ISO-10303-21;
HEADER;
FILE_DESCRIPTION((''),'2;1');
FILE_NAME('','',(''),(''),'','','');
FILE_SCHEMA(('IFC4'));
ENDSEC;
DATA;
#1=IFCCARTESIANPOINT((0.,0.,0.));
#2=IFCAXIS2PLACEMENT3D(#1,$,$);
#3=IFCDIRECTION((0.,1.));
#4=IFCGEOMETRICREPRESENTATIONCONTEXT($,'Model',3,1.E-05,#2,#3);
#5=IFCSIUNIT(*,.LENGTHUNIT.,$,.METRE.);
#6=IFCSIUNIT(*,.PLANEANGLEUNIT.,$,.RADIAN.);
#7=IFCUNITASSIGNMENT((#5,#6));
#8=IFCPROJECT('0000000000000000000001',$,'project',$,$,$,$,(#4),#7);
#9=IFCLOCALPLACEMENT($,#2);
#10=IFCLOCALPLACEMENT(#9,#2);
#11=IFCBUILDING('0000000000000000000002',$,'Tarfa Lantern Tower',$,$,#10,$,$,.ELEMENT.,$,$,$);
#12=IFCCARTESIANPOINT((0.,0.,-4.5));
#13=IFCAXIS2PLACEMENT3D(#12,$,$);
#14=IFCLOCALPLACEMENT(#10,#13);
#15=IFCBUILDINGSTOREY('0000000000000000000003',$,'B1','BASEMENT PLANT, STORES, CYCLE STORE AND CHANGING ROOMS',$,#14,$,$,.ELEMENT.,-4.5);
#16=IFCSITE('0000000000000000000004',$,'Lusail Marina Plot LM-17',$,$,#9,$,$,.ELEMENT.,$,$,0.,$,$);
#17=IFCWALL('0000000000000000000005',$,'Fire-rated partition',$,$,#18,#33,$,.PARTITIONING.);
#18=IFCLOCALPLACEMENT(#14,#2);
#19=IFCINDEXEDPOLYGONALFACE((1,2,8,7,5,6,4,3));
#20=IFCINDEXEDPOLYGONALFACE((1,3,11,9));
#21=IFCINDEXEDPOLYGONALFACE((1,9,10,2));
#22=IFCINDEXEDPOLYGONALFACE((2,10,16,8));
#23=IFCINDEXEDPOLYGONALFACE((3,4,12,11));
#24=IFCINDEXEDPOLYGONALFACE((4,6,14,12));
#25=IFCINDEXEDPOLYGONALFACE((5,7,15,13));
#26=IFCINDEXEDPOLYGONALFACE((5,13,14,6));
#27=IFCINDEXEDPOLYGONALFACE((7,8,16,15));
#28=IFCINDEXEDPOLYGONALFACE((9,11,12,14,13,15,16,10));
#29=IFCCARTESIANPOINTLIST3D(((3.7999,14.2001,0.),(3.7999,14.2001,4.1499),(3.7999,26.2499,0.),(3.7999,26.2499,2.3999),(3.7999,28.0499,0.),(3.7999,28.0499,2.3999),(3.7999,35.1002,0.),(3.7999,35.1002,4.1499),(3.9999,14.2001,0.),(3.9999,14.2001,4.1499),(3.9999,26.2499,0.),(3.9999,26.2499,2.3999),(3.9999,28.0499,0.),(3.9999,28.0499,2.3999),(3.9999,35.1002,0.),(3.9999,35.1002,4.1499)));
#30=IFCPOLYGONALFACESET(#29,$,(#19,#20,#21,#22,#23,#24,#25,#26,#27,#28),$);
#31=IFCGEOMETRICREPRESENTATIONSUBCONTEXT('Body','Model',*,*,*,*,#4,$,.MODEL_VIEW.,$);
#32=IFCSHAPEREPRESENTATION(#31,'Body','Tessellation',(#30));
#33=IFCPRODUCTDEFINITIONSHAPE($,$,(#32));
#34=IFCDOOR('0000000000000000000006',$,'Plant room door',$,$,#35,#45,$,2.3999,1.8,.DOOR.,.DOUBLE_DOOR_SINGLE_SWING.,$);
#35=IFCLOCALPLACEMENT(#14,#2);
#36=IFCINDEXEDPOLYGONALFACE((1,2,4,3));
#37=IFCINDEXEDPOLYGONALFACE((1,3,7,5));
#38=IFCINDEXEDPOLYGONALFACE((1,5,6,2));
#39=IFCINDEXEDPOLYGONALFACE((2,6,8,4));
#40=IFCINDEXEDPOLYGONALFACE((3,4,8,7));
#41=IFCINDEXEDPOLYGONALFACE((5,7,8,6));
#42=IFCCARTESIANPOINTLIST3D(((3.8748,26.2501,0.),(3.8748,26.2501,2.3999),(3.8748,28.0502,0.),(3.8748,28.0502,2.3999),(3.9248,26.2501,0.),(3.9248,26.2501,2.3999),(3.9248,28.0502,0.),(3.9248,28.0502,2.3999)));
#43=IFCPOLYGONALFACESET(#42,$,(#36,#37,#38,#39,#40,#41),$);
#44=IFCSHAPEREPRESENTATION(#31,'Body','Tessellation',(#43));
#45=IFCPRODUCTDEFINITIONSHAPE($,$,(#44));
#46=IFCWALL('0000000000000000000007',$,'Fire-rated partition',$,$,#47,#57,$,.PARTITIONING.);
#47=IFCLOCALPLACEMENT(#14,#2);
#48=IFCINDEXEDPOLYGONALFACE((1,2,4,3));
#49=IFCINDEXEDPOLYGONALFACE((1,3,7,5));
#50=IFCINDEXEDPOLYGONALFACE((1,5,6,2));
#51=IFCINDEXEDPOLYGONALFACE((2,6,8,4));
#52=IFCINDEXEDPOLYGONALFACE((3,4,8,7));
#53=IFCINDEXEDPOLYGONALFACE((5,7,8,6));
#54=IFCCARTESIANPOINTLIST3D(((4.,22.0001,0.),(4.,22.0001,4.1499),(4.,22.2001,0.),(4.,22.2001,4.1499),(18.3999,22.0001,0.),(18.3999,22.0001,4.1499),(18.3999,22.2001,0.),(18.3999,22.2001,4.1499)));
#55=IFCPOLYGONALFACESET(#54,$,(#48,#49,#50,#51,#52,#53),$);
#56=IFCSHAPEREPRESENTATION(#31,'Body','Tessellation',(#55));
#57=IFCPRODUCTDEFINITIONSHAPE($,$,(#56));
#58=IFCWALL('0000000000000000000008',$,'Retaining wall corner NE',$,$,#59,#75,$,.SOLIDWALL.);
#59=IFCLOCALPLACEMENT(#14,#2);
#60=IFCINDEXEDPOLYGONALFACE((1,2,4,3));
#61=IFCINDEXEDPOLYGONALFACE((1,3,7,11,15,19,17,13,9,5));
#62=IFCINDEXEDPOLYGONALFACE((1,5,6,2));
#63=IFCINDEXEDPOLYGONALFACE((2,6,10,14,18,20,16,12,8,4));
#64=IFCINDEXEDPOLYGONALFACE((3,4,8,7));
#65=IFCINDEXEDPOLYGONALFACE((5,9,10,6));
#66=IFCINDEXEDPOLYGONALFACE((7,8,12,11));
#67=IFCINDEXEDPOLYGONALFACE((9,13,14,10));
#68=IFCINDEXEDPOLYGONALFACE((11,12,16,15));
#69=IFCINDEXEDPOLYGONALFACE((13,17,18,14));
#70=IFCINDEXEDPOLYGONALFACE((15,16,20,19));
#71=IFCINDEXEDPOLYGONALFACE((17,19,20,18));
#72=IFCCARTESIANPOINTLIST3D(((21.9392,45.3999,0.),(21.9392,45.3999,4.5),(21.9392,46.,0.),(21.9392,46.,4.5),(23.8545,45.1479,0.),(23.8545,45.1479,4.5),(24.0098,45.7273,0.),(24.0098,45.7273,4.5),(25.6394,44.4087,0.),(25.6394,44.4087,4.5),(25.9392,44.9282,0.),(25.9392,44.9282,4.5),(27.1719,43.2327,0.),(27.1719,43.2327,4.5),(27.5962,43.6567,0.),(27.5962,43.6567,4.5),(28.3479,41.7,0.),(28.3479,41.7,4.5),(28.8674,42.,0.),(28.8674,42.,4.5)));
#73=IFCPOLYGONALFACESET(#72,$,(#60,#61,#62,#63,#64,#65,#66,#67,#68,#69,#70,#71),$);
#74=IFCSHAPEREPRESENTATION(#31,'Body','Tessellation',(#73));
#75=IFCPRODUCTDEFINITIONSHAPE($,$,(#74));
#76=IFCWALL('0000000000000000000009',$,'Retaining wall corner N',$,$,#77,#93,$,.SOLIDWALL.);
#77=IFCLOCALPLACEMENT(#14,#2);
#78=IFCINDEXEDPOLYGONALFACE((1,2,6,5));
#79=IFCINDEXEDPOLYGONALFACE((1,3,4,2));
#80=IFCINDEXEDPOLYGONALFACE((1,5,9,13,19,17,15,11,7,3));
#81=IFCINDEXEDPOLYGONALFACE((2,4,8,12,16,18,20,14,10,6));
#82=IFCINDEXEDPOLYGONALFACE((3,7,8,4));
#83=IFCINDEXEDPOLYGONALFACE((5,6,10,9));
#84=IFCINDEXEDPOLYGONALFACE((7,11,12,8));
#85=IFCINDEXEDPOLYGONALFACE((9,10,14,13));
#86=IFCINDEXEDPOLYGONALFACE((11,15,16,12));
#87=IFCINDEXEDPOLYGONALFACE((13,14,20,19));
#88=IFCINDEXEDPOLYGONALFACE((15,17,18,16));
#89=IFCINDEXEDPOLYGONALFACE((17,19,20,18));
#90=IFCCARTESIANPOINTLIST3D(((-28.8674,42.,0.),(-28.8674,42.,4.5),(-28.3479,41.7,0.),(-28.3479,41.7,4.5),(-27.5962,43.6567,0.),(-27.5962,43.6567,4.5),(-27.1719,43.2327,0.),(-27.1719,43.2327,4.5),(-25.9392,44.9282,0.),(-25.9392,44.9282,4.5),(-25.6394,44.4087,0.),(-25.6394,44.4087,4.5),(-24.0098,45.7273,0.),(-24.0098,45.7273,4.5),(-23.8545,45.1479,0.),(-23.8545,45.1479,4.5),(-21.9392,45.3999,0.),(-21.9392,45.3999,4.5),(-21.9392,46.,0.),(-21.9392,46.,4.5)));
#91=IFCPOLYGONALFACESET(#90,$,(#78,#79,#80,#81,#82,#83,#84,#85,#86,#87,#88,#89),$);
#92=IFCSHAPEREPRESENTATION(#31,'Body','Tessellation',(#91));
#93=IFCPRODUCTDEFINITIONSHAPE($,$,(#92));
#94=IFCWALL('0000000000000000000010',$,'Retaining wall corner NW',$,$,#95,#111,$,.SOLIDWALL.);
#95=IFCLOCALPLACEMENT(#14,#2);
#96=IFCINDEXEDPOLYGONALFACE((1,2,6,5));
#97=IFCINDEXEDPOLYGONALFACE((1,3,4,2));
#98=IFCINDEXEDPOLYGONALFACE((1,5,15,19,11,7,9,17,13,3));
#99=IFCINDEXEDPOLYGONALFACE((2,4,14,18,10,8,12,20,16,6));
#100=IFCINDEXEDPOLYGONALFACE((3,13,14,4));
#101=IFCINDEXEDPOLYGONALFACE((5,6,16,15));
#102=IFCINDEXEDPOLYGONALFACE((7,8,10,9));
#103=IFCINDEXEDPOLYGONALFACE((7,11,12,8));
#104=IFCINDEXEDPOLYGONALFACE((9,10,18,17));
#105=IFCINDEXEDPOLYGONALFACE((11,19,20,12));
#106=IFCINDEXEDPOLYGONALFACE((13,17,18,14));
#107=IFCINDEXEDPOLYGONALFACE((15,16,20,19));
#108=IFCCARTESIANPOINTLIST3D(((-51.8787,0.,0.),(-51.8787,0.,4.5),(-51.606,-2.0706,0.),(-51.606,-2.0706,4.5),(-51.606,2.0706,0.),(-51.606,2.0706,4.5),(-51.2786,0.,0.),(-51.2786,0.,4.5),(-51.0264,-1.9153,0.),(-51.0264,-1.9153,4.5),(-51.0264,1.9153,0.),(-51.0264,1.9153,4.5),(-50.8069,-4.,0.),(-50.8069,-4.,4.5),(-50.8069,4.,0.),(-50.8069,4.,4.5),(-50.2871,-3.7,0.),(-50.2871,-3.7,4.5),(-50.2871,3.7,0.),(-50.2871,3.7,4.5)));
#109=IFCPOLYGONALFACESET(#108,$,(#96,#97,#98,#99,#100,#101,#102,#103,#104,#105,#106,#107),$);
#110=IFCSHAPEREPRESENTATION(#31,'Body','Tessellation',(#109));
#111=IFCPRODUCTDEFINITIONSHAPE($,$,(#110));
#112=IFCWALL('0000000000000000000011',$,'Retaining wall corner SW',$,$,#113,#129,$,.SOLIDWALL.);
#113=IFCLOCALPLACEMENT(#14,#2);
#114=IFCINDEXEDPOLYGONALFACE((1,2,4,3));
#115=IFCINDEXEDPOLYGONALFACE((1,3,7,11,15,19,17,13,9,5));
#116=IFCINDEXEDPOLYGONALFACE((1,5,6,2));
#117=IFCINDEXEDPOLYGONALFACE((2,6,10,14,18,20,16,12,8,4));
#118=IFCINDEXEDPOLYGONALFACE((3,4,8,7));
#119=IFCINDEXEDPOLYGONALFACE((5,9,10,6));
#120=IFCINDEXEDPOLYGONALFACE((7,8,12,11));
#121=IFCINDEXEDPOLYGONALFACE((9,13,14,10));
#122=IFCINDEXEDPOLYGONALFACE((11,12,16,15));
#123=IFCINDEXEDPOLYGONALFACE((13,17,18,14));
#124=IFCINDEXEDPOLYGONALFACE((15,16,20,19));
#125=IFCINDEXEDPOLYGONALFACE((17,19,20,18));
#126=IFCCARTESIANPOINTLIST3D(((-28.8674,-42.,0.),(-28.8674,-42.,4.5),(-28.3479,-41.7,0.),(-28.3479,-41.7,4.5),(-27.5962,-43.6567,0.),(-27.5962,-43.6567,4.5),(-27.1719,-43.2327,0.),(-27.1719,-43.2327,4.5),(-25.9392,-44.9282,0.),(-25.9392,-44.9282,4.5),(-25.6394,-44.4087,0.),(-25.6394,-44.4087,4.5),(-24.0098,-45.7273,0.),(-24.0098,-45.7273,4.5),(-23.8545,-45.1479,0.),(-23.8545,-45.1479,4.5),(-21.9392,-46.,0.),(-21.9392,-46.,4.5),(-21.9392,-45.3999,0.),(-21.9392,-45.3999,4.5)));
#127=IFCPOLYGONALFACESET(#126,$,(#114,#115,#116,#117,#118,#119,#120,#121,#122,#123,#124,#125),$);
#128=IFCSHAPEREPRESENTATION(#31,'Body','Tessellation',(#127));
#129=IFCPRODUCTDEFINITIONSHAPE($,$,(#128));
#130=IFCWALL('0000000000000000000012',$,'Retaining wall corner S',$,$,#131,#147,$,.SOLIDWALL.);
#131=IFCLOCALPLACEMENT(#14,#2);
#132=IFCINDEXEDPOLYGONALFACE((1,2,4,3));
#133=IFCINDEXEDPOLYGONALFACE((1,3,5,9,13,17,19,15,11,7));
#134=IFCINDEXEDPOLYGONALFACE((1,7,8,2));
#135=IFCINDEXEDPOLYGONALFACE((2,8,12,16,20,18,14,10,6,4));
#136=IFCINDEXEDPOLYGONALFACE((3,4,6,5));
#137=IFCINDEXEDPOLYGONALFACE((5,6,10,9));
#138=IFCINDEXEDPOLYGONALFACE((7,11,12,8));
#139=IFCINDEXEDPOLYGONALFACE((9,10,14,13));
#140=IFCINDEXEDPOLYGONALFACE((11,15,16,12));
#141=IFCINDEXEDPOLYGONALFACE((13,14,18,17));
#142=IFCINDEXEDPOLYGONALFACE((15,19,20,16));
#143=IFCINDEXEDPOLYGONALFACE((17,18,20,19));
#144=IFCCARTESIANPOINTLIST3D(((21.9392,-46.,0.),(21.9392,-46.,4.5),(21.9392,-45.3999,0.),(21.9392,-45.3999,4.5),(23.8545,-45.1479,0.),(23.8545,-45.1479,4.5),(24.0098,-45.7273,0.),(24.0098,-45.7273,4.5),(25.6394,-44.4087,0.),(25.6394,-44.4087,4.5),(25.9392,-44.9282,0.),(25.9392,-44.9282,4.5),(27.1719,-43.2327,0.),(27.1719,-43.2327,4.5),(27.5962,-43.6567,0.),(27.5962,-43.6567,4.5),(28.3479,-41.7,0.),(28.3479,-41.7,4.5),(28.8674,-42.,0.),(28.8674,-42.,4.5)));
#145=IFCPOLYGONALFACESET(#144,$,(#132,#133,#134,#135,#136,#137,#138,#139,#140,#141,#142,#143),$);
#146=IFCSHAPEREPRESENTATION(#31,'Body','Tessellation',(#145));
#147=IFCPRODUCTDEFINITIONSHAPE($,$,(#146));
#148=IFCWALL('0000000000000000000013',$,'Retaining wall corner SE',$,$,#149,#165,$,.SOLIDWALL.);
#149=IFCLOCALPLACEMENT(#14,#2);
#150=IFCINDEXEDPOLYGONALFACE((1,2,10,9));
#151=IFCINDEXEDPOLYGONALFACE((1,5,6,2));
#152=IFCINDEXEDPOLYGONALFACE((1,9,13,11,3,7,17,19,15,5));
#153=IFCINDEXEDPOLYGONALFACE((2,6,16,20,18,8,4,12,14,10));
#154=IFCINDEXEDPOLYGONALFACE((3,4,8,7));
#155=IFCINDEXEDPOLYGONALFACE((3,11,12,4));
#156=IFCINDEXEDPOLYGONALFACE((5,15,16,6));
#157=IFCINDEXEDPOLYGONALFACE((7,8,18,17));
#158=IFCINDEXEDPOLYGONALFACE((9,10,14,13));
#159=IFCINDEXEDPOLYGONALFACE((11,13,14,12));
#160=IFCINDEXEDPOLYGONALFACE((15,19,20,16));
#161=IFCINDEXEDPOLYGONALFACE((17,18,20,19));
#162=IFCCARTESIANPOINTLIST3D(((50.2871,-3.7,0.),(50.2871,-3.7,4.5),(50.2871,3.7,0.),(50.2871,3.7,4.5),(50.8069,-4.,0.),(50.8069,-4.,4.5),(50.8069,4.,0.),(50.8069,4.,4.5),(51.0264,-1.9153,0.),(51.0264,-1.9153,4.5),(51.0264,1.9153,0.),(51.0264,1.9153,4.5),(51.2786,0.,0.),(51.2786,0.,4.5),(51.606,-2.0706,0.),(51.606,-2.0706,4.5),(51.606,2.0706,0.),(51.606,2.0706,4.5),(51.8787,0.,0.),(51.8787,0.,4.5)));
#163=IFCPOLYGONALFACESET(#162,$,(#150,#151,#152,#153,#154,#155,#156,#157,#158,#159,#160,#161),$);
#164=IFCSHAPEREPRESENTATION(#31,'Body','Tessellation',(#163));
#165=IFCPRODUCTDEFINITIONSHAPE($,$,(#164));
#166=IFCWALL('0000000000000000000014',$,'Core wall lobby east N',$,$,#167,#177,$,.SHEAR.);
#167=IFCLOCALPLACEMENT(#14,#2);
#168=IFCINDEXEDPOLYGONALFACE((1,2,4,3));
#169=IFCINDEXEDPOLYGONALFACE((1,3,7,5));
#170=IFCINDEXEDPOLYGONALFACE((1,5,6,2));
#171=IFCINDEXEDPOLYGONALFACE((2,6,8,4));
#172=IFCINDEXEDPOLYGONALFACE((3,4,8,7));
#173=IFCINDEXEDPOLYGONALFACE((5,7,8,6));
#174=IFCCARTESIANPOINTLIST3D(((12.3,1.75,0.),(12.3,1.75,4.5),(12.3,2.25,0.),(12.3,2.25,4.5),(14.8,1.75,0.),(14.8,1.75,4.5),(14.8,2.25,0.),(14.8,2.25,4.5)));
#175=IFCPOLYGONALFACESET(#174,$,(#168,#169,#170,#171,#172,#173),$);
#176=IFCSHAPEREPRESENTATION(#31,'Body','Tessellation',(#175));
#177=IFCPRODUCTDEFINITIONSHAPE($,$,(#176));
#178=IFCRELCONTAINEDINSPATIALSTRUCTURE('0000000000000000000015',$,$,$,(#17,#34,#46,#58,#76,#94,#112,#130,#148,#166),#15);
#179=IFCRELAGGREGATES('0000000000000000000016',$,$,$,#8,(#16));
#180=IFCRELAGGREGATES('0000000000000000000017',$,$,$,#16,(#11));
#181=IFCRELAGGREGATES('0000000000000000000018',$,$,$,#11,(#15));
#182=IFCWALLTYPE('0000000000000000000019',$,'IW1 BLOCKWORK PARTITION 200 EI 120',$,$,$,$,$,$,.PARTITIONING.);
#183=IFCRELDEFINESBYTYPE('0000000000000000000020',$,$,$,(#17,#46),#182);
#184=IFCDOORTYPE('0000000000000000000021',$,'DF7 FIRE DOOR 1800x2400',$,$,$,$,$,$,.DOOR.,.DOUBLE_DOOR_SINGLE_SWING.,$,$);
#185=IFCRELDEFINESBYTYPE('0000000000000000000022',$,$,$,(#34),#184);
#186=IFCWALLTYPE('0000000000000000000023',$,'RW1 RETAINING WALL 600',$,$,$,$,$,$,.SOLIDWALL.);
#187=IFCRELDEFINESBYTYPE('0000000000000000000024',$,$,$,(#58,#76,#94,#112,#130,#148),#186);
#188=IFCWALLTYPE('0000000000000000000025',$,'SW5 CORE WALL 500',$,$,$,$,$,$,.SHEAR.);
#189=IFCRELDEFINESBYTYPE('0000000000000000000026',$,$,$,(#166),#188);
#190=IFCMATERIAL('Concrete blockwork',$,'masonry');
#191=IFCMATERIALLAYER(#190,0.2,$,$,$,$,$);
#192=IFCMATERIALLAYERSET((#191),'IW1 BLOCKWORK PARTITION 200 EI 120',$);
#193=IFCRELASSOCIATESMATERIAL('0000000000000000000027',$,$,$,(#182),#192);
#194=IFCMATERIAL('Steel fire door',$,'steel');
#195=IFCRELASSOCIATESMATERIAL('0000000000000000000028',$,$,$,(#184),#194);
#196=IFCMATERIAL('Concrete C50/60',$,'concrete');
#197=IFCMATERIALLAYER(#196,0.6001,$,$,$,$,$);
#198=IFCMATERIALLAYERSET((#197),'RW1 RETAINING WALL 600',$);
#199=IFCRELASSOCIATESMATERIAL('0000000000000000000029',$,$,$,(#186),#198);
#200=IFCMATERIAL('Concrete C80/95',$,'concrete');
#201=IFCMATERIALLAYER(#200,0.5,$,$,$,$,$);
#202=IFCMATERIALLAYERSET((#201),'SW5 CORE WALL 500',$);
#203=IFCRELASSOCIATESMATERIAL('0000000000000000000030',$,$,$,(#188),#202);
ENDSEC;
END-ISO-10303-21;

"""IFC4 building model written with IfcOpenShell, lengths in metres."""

from ifc_helpers import new_model, si_unit, direction, frame, frame_2d, origin, place, context, subcontext, project, spatial, polyline, rectangle, outline, extrude, material, layer, layer_set, type_object, element, fill, save


model = new_model("IFC4")

# Units and contexts
model_context = context("Model", 3, precision=1e-05, world=origin(), true_north=direction((0.0, 1.0)))
body_context = subcontext(model_context, "Body", "Model", "MODEL_VIEW")
ifc_project = project(units=[si_unit("LENGTHUNIT", "METRE"), si_unit("PLANEANGLEUNIT", "RADIAN")], contexts=[model_context])

# Site, building, storey
site_placement = place(None, origin())
site = spatial("IfcSite", under=ifc_project, at=site_placement, Name="Lusail Marina Plot LM-17", CompositionType="ELEMENT", RefElevation=0.0)
building_placement = place(site_placement, origin())
building = spatial("IfcBuilding", under=site, at=building_placement, Name="Tarfa Lantern Tower", CompositionType="ELEMENT")
storey_placement = place(building_placement, frame((0.0, 0.0, -4.5)))
storey = spatial("IfcBuildingStorey", under=building, at=storey_placement, Name="B1", Description="BASEMENT PLANT, STORES, CYCLE STORE AND CHANGING ROOMS", CompositionType="ELEMENT", Elevation=-4.5)

# Shared definitions
ifc_material_1 = material(Name="Concrete blockwork", Category="masonry")
ifc_layer_1 = layer(ifc_material_1, 0.2)
ifc_layer_set_1 = layer_set([ifc_layer_1], Name="IW1 BLOCKWORK PARTITION 200 EI 120")
wall_type_1 = type_object("IfcWallType", Name="IW1 BLOCKWORK PARTITION 200 EI 120", PredefinedType="PARTITIONING", material=ifc_layer_set_1)

# Wall, opening, door
ifc_material_2 = material(Name="Steel fire door", Category="steel")
door_type = type_object("IfcDoorType", Name="DF7 FIRE DOOR 1800x2400", OperationType="DOUBLE_DOOR_SINGLE_SWING", PredefinedType="DOOR", material=ifc_material_2)
wall_1_placement = place(storey_placement, frame((3.8999, 14.2, 0.0), z_axis=(0.0, 0.0, 1.0), x_axis=(0.0, 1.0, 0.0)))
wall_1 = element("IfcWall", 1, at=wall_1_placement, inside=storey, type_object=wall_type_1, Name="Fire-rated partition", PredefinedType="PARTITIONING", context=body_context, shape_type="SweptSolid", body=[
    extrude(rectangle(XDim=20.9001, YDim=0.2, at=frame_2d((10.4502, 0.0))), origin(), (0.0, 0.0, 1.0), 4.1499),
])
opening_1_placement = place(wall_1_placement, frame((12.05, 0.0, 0.0)))
opening_1 = element("IfcOpeningElement", 2, at=opening_1_placement, cuts=wall_1, PredefinedType="OPENING", context=body_context, shape_type="SweptSolid", body=[
    extrude(rectangle(XDim=1.8, YDim=2.3999, at=frame_2d((0.8999, 1.2))), frame((0.0, 0.1099, 0.0), z_axis=(0.0, -1.0, 0.0), x_axis=(1.0, 0.0, 0.0)), (0.0, 0.0, 1.0), 0.22),
])
door_1_placement = place(opening_1_placement, frame((1.8, 0.0, 0.0), z_axis=(0.0, 0.0, 1.0), x_axis=(-1.0, 0.0, 0.0)))
door_1 = element("IfcDoor", 3, at=door_1_placement, inside=storey, type_object=door_type, Name="Plant room door", OperationType="DOUBLE_DOOR_SINGLE_SWING", OverallHeight=2.3999, OverallWidth=1.8, PredefinedType="DOOR", context=body_context, shape_type="SweptSolid", body=[
    extrude(rectangle(XDim=1.8, YDim=2.3999, at=frame_2d((0.8999, 1.2))), frame((0.0, 0.0249, 0.0), z_axis=(0.0, -1.0, 0.0), x_axis=(1.0, 0.0, 0.0)), (0.0, 0.0, 1.0), 0.05),
])
fill(opening_1, door_1)

# Walls
wall_2_placement = place(storey_placement, frame((4.0, 22.1001, 0.0), z_axis=(0.0, 0.0, 1.0), x_axis=(1.0, 0.0, 0.0)))
element("IfcWall", 4, at=wall_2_placement, inside=storey, type_object=wall_type_1, Name="Fire-rated partition", PredefinedType="PARTITIONING", context=body_context, shape_type="SweptSolid", body=[
    extrude(rectangle(XDim=14.3999, YDim=0.2, at=frame_2d((7.2, 0.0))), origin(), (0.0, 0.0, 1.0), 4.1499),
])
ifc_material_3 = material(Name="Concrete C50/60", Category="concrete")
ifc_layer_2 = layer(ifc_material_3, 0.6001)
ifc_layer_set_2 = layer_set([ifc_layer_2], Name="RW1 RETAINING WALL 600")
wall_type_2 = type_object("IfcWallType", Name="RW1 RETAINING WALL 600", PredefinedType="SOLIDWALL", material=ifc_layer_set_2)
wall_3_placement = place(storey_placement, origin())
element("IfcWall", 5, at=wall_3_placement, inside=storey, type_object=wall_type_2, Name="Retaining wall corner NE", PredefinedType="SOLIDWALL", context=body_context, shape_type="SweptSolid", body=[
    extrude(outline(polyline([(28.8674, 42.0), (27.5962, 43.6567), (25.9392, 44.9282), (24.0098, 45.7273), (21.9392, 46.0), (21.9392, 45.3999), (23.8545, 45.1479), (25.6394, 44.4087), (27.1719, 43.2327), (28.3479, 41.7), (28.8674, 42.0)])), origin(), (0.0, 0.0, 1.0), 4.5),
])
wall_4_placement = place(storey_placement, origin())
element("IfcWall", 6, at=wall_4_placement, inside=storey, type_object=wall_type_2, Name="Retaining wall corner N", PredefinedType="SOLIDWALL", context=body_context, shape_type="SweptSolid", body=[
    extrude(outline(polyline([(-21.9392, 46.0), (-24.0098, 45.7273), (-25.9392, 44.9282), (-27.5962, 43.6567), (-28.8674, 42.0), (-28.3479, 41.7), (-27.1719, 43.2327), (-25.6394, 44.4087), (-23.8545, 45.1479), (-21.9392, 45.3999), (-21.9392, 46.0)])), origin(), (0.0, 0.0, 1.0), 4.5),
])
wall_5_placement = place(storey_placement, origin())
element("IfcWall", 7, at=wall_5_placement, inside=storey, type_object=wall_type_2, Name="Retaining wall corner NW", PredefinedType="SOLIDWALL", context=body_context, shape_type="SweptSolid", body=[
    extrude(outline(polyline([(-50.8069, 4.0), (-51.606, 2.0706), (-51.8787, 0.0), (-51.606, -2.0706), (-50.8069, -4.0), (-50.2871, -3.7), (-51.0264, -1.9153), (-51.2786, 0.0), (-51.0264, 1.9153), (-50.2871, 3.7), (-50.8069, 4.0)])), origin(), (0.0, 0.0, 1.0), 4.5),
])
wall_6_placement = place(storey_placement, origin())
element("IfcWall", 8, at=wall_6_placement, inside=storey, type_object=wall_type_2, Name="Retaining wall corner SW", PredefinedType="SOLIDWALL", context=body_context, shape_type="SweptSolid", body=[
    extrude(outline(polyline([(-28.8674, -42.0), (-27.5962, -43.6567), (-25.9392, -44.9282), (-24.0098, -45.7273), (-21.9392, -46.0), (-21.9392, -45.3999), (-23.8545, -45.1479), (-25.6394, -44.4087), (-27.1719, -43.2327), (-28.3479, -41.7), (-28.8674, -42.0)])), origin(), (0.0, 0.0, 1.0), 4.5),
])
wall_7_placement = place(storey_placement, origin())
element("IfcWall", 9, at=wall_7_placement, inside=storey, type_object=wall_type_2, Name="Retaining wall corner S", PredefinedType="SOLIDWALL", context=body_context, shape_type="SweptSolid", body=[
    extrude(outline(polyline([(21.9392, -46.0), (24.0098, -45.7273), (25.9392, -44.9282), (27.5962, -43.6567), (28.8674, -42.0), (28.3479, -41.7), (27.1719, -43.2327), (25.6394, -44.4087), (23.8545, -45.1479), (21.9392, -45.3999), (21.9392, -46.0)])), origin(), (0.0, 0.0, 1.0), 4.5),
])
wall_8_placement = place(storey_placement, origin())
element("IfcWall", 10, at=wall_8_placement, inside=storey, type_object=wall_type_2, Name="Retaining wall corner SE", PredefinedType="SOLIDWALL", context=body_context, shape_type="SweptSolid", body=[
    extrude(outline(polyline([(50.8069, -4.0), (51.606, -2.0706), (51.8787, 0.0), (51.606, 2.0706), (50.8069, 4.0), (50.2871, 3.7), (51.0264, 1.9153), (51.2786, 0.0), (51.0264, -1.9153), (50.2871, -3.7), (50.8069, -4.0)])), origin(), (0.0, 0.0, 1.0), 4.5),
])
ifc_material_4 = material(Name="Concrete C80/95", Category="concrete")
ifc_layer_3 = layer(ifc_material_4, 0.5)
ifc_layer_set_3 = layer_set([ifc_layer_3], Name="SW5 CORE WALL 500")
wall_type_3 = type_object("IfcWallType", Name="SW5 CORE WALL 500", PredefinedType="SHEAR", material=ifc_layer_set_3)
wall_9_placement = place(storey_placement, frame((12.3, 2.0, 0.0), z_axis=(0.0, 0.0, 1.0), x_axis=(1.0, 0.0, 0.0)))
element("IfcWall", 11, at=wall_9_placement, inside=storey, type_object=wall_type_3, Name="Core wall lobby east N", PredefinedType="SHEAR", context=body_context, shape_type="SweptSolid", body=[
    extrude(rectangle(XDim=2.5, YDim=0.5, at=frame_2d((1.25, 0.0))), origin(), (0.0, 0.0, 1.0), 4.5),
])

save(model, "model.ifc")
